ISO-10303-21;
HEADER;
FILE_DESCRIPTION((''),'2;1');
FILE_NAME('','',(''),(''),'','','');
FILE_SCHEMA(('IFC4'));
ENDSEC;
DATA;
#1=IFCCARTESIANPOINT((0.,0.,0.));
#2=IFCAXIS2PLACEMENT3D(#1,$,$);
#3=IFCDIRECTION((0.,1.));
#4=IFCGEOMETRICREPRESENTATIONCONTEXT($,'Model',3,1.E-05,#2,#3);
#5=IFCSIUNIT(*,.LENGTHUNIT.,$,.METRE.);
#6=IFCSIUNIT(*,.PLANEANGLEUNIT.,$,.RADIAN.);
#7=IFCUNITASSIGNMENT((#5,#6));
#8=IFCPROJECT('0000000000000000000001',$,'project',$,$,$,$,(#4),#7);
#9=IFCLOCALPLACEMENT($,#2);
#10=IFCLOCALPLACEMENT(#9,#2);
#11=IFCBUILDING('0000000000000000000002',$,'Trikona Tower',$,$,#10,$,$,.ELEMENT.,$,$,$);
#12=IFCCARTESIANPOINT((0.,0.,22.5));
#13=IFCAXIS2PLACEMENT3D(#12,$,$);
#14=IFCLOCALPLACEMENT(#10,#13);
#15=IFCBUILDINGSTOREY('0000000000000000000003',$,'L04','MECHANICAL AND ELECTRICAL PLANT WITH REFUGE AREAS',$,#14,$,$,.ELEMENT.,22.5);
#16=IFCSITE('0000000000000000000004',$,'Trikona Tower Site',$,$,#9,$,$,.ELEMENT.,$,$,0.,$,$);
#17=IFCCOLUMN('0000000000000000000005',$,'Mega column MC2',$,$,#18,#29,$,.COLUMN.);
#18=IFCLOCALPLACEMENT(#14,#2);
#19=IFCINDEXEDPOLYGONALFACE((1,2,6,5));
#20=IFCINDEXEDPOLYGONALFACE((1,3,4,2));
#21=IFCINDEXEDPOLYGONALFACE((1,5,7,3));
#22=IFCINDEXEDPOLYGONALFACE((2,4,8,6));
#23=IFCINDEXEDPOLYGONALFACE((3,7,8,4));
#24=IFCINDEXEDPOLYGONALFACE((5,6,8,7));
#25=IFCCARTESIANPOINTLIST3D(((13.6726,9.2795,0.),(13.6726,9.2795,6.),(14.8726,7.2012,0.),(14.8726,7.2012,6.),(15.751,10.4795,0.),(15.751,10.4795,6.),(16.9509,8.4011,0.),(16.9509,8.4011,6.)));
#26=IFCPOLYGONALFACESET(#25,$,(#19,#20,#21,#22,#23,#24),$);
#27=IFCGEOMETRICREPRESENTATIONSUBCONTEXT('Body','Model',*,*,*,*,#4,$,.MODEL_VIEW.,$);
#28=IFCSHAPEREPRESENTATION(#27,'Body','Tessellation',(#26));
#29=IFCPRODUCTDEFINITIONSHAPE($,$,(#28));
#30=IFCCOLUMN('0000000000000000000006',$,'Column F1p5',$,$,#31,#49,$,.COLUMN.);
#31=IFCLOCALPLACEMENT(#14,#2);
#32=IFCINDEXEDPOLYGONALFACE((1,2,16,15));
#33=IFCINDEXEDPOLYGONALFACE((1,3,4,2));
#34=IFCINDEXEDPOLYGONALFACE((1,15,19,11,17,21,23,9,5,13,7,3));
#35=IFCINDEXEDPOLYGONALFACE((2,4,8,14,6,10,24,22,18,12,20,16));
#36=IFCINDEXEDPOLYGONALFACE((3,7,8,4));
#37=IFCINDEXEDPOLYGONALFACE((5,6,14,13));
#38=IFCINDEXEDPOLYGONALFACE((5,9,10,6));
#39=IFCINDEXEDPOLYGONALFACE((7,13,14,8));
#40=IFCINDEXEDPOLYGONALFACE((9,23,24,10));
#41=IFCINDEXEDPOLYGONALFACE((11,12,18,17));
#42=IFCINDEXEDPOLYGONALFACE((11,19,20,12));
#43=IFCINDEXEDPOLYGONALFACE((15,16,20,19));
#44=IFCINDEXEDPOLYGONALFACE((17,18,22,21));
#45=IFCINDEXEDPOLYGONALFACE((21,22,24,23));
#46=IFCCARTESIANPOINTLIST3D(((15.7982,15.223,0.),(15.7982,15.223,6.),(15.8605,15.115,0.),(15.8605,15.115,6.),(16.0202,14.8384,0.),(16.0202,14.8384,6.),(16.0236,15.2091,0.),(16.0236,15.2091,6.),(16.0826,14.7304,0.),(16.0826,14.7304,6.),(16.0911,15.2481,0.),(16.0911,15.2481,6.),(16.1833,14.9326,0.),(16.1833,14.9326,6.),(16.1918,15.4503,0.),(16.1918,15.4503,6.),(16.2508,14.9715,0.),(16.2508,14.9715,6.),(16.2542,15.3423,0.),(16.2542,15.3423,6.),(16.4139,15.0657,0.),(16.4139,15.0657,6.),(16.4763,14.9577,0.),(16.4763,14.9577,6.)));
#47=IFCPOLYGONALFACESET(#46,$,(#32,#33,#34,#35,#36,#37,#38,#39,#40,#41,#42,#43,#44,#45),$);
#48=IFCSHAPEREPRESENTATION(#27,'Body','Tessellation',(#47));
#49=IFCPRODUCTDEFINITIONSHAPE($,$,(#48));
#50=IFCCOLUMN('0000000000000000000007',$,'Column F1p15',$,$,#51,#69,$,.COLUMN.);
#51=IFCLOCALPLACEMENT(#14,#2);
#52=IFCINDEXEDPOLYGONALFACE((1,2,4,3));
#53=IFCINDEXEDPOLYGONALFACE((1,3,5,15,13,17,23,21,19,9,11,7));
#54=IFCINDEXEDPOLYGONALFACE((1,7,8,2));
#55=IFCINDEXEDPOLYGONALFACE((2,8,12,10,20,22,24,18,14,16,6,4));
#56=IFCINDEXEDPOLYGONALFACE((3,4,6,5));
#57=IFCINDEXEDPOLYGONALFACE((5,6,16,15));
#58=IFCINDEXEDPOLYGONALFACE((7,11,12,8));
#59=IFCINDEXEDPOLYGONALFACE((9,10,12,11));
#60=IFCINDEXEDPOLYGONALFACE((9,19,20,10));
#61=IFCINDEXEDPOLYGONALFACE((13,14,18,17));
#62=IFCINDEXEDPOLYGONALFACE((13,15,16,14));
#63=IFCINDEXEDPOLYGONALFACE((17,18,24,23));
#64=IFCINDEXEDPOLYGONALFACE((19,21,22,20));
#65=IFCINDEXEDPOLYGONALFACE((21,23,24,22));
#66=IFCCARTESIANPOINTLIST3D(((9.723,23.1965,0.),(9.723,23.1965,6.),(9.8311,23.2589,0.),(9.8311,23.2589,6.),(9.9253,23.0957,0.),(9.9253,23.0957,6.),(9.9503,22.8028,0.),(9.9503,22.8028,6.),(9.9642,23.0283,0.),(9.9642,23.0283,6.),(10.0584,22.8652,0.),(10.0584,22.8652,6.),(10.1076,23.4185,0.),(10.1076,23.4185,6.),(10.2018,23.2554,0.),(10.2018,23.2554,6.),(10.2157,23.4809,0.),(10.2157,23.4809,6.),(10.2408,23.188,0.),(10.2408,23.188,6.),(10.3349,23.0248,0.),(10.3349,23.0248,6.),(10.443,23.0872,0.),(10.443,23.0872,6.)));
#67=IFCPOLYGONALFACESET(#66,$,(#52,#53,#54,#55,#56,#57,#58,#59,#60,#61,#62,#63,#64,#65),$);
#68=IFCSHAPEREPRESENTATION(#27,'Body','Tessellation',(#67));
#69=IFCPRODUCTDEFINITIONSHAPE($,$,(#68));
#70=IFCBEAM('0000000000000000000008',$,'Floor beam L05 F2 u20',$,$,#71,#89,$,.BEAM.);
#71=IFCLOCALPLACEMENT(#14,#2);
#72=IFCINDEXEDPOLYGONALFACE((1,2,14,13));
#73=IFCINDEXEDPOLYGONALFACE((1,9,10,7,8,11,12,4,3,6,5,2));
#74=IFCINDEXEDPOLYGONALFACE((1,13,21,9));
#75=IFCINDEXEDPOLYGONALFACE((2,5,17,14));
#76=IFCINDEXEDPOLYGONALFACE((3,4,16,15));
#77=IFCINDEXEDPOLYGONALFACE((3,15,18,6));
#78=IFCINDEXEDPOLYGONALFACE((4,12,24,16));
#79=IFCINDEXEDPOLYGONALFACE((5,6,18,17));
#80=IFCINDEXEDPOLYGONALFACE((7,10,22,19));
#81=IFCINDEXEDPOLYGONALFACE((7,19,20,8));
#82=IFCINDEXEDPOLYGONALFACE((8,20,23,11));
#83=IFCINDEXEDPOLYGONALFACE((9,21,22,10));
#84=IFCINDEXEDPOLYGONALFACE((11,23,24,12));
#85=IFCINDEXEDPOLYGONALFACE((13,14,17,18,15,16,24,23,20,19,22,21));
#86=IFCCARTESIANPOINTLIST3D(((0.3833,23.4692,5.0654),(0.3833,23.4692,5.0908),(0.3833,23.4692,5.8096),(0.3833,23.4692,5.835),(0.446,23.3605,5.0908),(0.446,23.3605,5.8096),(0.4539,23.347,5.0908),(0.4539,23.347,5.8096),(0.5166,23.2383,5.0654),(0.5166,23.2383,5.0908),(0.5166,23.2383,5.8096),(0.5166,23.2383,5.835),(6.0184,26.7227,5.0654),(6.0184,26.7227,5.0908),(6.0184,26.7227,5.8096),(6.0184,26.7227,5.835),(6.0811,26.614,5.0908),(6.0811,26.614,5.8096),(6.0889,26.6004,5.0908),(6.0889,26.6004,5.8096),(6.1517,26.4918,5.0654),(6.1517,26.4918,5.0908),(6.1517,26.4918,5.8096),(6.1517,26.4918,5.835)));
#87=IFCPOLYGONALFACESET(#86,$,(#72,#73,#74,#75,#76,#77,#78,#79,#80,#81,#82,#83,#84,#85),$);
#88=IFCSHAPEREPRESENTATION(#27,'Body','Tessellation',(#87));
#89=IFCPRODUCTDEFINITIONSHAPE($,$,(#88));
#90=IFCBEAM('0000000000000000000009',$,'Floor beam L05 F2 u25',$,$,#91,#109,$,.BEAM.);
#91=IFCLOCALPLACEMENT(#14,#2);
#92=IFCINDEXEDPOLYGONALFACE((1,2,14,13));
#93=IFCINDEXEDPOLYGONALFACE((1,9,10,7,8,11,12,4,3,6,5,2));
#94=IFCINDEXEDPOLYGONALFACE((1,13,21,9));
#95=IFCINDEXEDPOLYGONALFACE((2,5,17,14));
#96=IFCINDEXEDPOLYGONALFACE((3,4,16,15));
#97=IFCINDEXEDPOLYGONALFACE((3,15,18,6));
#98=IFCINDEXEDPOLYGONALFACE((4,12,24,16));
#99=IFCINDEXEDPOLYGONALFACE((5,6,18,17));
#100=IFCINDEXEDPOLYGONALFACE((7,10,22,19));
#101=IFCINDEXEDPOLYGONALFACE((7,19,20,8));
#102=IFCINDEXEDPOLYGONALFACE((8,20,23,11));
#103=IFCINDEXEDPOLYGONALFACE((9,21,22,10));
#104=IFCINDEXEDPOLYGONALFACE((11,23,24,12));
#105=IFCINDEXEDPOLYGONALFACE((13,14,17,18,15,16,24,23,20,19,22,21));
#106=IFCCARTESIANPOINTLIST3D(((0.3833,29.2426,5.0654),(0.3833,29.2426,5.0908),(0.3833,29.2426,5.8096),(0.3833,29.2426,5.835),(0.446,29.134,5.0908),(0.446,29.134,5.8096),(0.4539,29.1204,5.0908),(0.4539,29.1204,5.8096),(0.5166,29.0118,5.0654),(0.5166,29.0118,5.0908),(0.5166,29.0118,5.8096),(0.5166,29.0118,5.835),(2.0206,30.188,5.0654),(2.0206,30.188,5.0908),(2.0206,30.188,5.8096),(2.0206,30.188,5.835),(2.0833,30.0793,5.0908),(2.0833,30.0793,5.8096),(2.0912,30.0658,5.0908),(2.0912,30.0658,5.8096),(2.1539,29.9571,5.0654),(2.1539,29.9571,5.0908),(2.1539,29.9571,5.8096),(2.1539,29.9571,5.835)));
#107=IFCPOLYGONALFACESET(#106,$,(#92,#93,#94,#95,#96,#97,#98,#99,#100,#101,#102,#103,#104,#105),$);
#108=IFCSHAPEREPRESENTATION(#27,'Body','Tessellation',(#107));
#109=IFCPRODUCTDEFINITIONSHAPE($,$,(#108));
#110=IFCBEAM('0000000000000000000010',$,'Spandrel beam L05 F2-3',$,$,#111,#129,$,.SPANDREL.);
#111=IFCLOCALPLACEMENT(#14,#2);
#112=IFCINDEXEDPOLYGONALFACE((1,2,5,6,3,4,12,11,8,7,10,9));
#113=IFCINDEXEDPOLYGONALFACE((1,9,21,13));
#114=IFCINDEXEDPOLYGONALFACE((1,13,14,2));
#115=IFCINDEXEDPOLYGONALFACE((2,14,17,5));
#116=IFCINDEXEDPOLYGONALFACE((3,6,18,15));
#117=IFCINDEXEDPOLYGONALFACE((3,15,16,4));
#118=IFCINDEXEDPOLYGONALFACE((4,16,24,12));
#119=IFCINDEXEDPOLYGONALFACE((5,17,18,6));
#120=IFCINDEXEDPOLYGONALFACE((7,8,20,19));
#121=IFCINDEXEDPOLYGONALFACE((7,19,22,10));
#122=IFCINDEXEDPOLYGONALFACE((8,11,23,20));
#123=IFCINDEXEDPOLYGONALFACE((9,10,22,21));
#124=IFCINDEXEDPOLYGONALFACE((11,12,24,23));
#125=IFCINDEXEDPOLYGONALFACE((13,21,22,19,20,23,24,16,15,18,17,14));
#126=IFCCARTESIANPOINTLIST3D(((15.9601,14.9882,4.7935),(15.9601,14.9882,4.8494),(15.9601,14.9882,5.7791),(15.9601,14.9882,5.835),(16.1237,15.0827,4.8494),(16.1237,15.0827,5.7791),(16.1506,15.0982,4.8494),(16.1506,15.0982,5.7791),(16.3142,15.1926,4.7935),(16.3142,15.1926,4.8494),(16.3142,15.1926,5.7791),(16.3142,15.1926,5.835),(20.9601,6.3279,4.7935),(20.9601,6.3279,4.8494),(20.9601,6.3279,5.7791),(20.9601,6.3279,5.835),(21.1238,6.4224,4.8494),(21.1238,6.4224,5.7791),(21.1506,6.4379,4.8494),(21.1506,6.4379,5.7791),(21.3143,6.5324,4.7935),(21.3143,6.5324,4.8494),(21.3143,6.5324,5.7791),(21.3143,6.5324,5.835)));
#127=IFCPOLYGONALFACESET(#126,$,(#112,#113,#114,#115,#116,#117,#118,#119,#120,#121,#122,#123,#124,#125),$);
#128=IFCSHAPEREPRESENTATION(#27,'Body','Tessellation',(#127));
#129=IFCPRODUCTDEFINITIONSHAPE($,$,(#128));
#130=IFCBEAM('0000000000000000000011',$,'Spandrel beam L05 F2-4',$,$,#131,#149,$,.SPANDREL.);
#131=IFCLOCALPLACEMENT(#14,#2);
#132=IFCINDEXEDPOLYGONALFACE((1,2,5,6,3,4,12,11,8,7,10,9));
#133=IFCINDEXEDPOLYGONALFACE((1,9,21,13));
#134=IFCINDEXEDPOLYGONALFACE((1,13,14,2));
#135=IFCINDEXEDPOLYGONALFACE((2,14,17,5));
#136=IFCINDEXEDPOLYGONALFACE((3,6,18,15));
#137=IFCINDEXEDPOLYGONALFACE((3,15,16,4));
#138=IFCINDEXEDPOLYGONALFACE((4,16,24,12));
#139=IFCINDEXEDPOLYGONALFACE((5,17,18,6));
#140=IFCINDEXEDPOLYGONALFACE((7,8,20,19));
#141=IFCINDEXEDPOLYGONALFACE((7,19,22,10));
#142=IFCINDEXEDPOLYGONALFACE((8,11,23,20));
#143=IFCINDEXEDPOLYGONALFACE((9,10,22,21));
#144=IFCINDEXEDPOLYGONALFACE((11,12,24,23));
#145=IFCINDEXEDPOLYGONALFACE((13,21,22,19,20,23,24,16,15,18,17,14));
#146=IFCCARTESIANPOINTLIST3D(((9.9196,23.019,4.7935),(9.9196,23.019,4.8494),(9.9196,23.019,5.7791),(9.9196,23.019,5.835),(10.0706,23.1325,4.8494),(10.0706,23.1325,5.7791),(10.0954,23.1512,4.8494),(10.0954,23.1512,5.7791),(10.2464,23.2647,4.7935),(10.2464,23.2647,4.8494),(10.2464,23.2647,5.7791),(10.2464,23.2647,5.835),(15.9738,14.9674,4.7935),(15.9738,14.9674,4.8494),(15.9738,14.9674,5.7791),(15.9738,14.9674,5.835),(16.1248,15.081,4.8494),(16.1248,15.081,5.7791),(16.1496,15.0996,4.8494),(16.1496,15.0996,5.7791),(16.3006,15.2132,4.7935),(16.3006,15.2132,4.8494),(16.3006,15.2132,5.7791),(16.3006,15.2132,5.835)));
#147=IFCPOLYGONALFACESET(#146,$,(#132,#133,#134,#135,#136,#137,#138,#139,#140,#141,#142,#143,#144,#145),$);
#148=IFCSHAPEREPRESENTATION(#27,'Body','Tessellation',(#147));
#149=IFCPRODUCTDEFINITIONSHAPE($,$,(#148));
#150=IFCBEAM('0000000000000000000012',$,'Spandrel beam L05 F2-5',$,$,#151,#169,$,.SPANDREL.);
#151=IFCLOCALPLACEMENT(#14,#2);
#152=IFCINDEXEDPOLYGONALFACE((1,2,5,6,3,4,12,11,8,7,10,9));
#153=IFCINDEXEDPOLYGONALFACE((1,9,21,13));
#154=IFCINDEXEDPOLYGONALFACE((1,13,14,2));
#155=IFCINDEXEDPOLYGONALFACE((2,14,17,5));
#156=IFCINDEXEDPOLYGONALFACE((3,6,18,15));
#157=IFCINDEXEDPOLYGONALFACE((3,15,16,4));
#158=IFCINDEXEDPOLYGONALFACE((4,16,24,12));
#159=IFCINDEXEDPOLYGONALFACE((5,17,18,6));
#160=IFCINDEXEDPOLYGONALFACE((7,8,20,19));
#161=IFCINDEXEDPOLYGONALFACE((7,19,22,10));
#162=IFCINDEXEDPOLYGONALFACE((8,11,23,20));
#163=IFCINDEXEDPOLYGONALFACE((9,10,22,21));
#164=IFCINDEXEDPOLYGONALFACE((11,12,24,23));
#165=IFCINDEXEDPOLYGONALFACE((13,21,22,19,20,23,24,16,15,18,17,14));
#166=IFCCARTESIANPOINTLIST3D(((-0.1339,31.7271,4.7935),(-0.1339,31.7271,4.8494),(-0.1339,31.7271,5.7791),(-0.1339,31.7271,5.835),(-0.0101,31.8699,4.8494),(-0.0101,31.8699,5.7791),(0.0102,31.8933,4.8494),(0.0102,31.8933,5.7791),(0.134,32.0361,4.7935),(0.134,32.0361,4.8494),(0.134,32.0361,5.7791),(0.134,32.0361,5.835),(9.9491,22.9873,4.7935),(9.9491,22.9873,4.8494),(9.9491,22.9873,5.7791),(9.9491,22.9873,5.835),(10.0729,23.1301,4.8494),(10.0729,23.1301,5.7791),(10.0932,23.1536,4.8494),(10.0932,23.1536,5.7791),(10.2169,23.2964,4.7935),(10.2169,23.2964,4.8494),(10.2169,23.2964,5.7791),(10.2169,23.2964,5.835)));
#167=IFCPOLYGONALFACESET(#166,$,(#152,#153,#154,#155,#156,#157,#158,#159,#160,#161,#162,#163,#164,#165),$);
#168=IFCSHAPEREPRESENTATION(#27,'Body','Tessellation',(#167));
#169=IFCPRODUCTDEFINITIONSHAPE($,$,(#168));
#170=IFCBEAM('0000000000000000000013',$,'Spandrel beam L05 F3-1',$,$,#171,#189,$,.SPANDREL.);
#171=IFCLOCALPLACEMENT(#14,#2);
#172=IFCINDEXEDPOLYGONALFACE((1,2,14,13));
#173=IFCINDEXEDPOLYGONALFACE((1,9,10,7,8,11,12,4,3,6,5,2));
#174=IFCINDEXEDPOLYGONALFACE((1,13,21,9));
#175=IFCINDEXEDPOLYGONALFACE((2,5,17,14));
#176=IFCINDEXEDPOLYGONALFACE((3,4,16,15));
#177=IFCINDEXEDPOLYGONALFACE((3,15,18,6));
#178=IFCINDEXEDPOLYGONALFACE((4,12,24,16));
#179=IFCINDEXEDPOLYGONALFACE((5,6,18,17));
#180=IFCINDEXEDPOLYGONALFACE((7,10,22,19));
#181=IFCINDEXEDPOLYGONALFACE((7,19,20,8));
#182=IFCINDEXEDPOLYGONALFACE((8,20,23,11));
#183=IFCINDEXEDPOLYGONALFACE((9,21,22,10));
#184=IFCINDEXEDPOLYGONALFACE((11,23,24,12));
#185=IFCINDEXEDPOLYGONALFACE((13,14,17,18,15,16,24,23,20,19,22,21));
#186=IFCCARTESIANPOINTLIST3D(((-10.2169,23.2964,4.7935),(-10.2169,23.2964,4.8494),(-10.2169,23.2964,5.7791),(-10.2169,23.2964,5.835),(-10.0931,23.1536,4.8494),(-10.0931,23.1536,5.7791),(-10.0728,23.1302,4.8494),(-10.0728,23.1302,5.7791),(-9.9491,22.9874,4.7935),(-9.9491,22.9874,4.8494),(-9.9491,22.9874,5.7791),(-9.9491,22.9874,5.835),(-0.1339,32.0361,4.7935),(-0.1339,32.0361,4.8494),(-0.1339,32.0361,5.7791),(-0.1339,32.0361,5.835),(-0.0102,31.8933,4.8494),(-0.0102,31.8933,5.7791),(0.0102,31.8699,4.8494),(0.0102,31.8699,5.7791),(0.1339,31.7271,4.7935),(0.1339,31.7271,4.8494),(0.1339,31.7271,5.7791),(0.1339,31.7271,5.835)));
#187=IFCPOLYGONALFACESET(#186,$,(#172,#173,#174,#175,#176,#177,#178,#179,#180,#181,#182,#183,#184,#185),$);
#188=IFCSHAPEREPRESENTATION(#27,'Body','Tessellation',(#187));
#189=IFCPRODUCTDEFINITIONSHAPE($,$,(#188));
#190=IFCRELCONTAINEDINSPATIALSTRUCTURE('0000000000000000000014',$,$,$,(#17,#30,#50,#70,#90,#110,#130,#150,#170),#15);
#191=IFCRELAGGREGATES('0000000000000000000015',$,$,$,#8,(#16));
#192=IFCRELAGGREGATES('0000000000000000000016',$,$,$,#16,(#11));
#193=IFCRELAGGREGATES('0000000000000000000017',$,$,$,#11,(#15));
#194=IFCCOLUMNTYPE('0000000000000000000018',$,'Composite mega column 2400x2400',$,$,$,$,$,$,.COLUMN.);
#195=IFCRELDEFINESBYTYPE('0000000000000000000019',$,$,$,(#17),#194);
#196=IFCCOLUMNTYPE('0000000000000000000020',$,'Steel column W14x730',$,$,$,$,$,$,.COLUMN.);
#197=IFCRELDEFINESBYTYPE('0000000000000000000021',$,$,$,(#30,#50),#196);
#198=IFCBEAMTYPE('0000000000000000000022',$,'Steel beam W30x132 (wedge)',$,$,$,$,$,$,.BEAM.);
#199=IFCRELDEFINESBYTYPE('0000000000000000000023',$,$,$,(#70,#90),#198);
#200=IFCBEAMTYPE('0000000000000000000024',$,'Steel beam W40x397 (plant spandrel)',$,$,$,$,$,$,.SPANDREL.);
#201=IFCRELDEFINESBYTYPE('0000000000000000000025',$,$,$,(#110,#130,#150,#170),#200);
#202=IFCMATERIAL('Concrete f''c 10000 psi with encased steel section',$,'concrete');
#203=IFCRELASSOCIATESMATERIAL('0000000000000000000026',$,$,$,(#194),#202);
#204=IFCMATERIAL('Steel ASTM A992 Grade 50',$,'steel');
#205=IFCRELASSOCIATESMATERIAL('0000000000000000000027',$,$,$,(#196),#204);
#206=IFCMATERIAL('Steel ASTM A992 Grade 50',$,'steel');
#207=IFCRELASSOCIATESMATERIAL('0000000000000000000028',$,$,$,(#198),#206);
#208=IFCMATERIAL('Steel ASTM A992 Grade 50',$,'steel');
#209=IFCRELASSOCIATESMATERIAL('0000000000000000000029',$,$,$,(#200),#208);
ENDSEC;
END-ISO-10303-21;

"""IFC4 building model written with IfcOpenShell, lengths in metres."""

from ifc_helpers import new_model, si_unit, direction, frame, origin, origin_2d, place, context, subcontext, project, spatial, rectangle, i_section, extrude, material, material_profile, profile_set, type_object, element, save


model = new_model("IFC4")

# Units and contexts
model_context = context("Model", 3, precision=1e-05, world=origin(), true_north=direction((0.0, 1.0)))
body_context = subcontext(model_context, "Body", "Model", "MODEL_VIEW")
ifc_project = project(units=[si_unit("LENGTHUNIT", "METRE"), si_unit("PLANEANGLEUNIT", "RADIAN")], contexts=[model_context])

# Site, building, storey
site_placement = place(None, origin())
site = spatial("IfcSite", under=ifc_project, at=site_placement, Name="Trikona Tower Site", CompositionType="ELEMENT", RefElevation=0.0)
building_placement = place(site_placement, origin())
building = spatial("IfcBuilding", under=site, at=building_placement, Name="Trikona Tower", CompositionType="ELEMENT")
storey_placement = place(building_placement, frame((0.0, 0.0, 22.5)))
storey = spatial("IfcBuildingStorey", under=building, at=storey_placement, Name="L04", Description="MECHANICAL AND ELECTRICAL PLANT WITH REFUGE AREAS", CompositionType="ELEMENT", Elevation=22.5)

# Columns
ifc_material_1 = material(Name="Concrete f'c 10000 psi with encased steel section", Category="concrete")
ifc_material_profile_1 = material_profile(ifc_material_1, rectangle(XDim=2.3999, YDim=2.3999, at=origin_2d()), Name="MC2400")
ifc_profile_set_1 = profile_set([ifc_material_profile_1], Name="Concrete f'c 10000 psi with encased steel section")
column_type_1 = type_object("IfcColumnType", Name="Composite mega column 2400x2400", PredefinedType="COLUMN", material=ifc_profile_set_1)
column_placement = place(storey_placement, frame((15.3118, 8.8403, 0.0), z_axis=(0.0, 0.0, 1.0), x_axis=(0.866025, 0.5, 0.0)))
element("IfcColumn", 1, at=column_placement, inside=storey, type_object=column_type_1, Name="Mega column MC2", PredefinedType="COLUMN", context=body_context, shape_type="SweptSolid", body=[
    extrude(rectangle(XDim=2.3999, YDim=2.3999, at=origin_2d()), origin(), (0.0, 0.0, 1.0), 6.0),
])
ifc_material_2 = material(Name="Steel ASTM A992 Grade 50", Category="steel")
ifc_material_profile_2 = material_profile(ifc_material_2, i_section(OverallWidth=0.4546, OverallDepth=0.5688, WebThickness=0.0779, FlangeThickness=0.1248, at=origin_2d()), Name="W14X730")
ifc_profile_set_2 = profile_set([ifc_material_profile_2], Name="Steel ASTM A992 Grade 50")
column_type_2 = type_object("IfcColumnType", Name="Steel column W14x730", PredefinedType="COLUMN", material=ifc_profile_set_2)
for number, where, z_axis, x_axis, name in (
    (2, (16.1372, 15.0903, 0.0), (0.0, 0.0, 1.0), (0.866025, 0.5, 0.0), "Column F1p5"),
    (3, (10.083, 23.1418, 0.0), (0.0, 0.0, 1.0), (-0.5, 0.866025, 0.0), "Column F1p15"),
):
    element("IfcColumn", number, at=place(storey_placement, frame(where, z_axis=z_axis, x_axis=x_axis)), inside=storey, type_object=column_type_2, Name=name, PredefinedType="COLUMN", context=body_context, shape_type="SweptSolid", body=[
        extrude(i_section(OverallWidth=0.4546, OverallDepth=0.5688, WebThickness=0.0779, FlangeThickness=0.1248, at=origin_2d()), origin(), (0.0, 0.0, 1.0), 6.0),
    ])

# Beams
ifc_material_3 = material(Name="Steel ASTM A992 Grade 50", Category="steel")
ifc_material_profile_3 = material_profile(ifc_material_3, i_section(OverallWidth=0.2666, OverallDepth=0.7695, WebThickness=0.0156, FlangeThickness=0.0254, at=origin_2d()), Name="W30X132")
ifc_profile_set_3 = profile_set([ifc_material_profile_3], Name="Steel ASTM A992 Grade 50")
beam_type_1 = type_object("IfcBeamType", Name="Steel beam W30x132 (wedge)", PredefinedType="BEAM", material=ifc_profile_set_3)
beam_1_placement = place(storey_placement, frame((0.45, 23.3538, 5.4502), z_axis=(0.866023, 0.500005, 0.0), x_axis=(-0.500005, 0.866023, 0.0)))
element("IfcBeam", 4, at=beam_1_placement, inside=storey, type_object=beam_type_1, Name="Floor beam L05 F2 u20", PredefinedType="BEAM", context=body_context, shape_type="SweptSolid", body=[
    extrude(i_section(OverallWidth=0.2666, OverallDepth=0.7695, WebThickness=0.0156, FlangeThickness=0.0254, at=origin_2d()), origin(), (0.0, 0.0, 1.0), 6.5068),
])
beam_2_placement = place(storey_placement, frame((0.45, 29.1272, 5.4502), z_axis=(0.866009, 0.500028, 0.0), x_axis=(-0.500028, 0.866009, 0.0)))
element("IfcBeam", 5, at=beam_2_placement, inside=storey, type_object=beam_type_1, Name="Floor beam L05 F2 u25", PredefinedType="BEAM", context=body_context, shape_type="SweptSolid", body=[
    extrude(i_section(OverallWidth=0.2666, OverallDepth=0.7695, WebThickness=0.0156, FlangeThickness=0.0254, at=origin_2d()), origin(), (0.0, 0.0, 1.0), 1.8906),
])
ifc_material_4 = material(Name="Steel ASTM A992 Grade 50", Category="steel")
ifc_material_profile_4 = material_profile(ifc_material_4, i_section(OverallWidth=0.4089, OverallDepth=1.0415, WebThickness=0.031, FlangeThickness=0.0559, at=origin_2d()), Name="W40X397")
ifc_profile_set_4 = profile_set([ifc_material_profile_4], Name="Steel ASTM A992 Grade 50")
beam_type_2 = type_object("IfcBeamType", Name="Steel beam W40x397 (plant spandrel)", PredefinedType="SPANDREL", material=ifc_profile_set_4)
beam_3_placement = place(storey_placement, frame((21.1372, 6.4302, 5.3142), z_axis=(-0.500004, 0.866023, 0.0), x_axis=(-0.866023, -0.500004, 0.0)))
element("IfcBeam", 6, at=beam_3_placement, inside=storey, type_object=beam_type_2, Name="Spandrel beam L05 F2-3", PredefinedType="SPANDREL", context=body_context, shape_type="SweptSolid", body=[
    extrude(i_section(OverallWidth=0.4089, OverallDepth=1.0415, WebThickness=0.031, FlangeThickness=0.0559, at=origin_2d()), origin(), (0.0, 0.0, 1.0), 10.0),
])
beam_4_placement = place(storey_placement, frame((16.1372, 15.0903, 5.3142), z_axis=(-0.600988, 0.799258, 0.0), x_axis=(-0.799258, -0.600988, 0.0)))
element("IfcBeam", 7, at=beam_4_placement, inside=storey, type_object=beam_type_2, Name="Spandrel beam L05 F2-4", PredefinedType="SPANDREL", context=body_context, shape_type="SweptSolid", body=[
    extrude(i_section(OverallWidth=0.4089, OverallDepth=1.0415, WebThickness=0.031, FlangeThickness=0.0559, at=origin_2d()), origin(), (0.0, 0.0, 1.0), 10.0737),
])
for number, where, z_axis, x_axis, name in (
    (8, (10.083, 23.1418, 5.3142), (-0.755647, 0.654979, 0.0), (-0.654979, -0.755647, 0.0), "Spandrel beam L05 F2-5"),
    (9, (0.0, 31.8816, 5.3142), (-0.755647, -0.654979, 0.0), (0.654979, -0.755647, 0.0), "Spandrel beam L05 F3-1"),
):
    element("IfcBeam", number, at=place(storey_placement, frame(where, z_axis=z_axis, x_axis=x_axis)), inside=storey, type_object=beam_type_2, Name=name, PredefinedType="SPANDREL", context=body_context, shape_type="SweptSolid", body=[
        extrude(i_section(OverallWidth=0.4089, OverallDepth=1.0415, WebThickness=0.031, FlangeThickness=0.0559, at=origin_2d()), origin(), (0.0, 0.0, 1.0), 13.3435),
    ])

save(model, "model.ifc")
